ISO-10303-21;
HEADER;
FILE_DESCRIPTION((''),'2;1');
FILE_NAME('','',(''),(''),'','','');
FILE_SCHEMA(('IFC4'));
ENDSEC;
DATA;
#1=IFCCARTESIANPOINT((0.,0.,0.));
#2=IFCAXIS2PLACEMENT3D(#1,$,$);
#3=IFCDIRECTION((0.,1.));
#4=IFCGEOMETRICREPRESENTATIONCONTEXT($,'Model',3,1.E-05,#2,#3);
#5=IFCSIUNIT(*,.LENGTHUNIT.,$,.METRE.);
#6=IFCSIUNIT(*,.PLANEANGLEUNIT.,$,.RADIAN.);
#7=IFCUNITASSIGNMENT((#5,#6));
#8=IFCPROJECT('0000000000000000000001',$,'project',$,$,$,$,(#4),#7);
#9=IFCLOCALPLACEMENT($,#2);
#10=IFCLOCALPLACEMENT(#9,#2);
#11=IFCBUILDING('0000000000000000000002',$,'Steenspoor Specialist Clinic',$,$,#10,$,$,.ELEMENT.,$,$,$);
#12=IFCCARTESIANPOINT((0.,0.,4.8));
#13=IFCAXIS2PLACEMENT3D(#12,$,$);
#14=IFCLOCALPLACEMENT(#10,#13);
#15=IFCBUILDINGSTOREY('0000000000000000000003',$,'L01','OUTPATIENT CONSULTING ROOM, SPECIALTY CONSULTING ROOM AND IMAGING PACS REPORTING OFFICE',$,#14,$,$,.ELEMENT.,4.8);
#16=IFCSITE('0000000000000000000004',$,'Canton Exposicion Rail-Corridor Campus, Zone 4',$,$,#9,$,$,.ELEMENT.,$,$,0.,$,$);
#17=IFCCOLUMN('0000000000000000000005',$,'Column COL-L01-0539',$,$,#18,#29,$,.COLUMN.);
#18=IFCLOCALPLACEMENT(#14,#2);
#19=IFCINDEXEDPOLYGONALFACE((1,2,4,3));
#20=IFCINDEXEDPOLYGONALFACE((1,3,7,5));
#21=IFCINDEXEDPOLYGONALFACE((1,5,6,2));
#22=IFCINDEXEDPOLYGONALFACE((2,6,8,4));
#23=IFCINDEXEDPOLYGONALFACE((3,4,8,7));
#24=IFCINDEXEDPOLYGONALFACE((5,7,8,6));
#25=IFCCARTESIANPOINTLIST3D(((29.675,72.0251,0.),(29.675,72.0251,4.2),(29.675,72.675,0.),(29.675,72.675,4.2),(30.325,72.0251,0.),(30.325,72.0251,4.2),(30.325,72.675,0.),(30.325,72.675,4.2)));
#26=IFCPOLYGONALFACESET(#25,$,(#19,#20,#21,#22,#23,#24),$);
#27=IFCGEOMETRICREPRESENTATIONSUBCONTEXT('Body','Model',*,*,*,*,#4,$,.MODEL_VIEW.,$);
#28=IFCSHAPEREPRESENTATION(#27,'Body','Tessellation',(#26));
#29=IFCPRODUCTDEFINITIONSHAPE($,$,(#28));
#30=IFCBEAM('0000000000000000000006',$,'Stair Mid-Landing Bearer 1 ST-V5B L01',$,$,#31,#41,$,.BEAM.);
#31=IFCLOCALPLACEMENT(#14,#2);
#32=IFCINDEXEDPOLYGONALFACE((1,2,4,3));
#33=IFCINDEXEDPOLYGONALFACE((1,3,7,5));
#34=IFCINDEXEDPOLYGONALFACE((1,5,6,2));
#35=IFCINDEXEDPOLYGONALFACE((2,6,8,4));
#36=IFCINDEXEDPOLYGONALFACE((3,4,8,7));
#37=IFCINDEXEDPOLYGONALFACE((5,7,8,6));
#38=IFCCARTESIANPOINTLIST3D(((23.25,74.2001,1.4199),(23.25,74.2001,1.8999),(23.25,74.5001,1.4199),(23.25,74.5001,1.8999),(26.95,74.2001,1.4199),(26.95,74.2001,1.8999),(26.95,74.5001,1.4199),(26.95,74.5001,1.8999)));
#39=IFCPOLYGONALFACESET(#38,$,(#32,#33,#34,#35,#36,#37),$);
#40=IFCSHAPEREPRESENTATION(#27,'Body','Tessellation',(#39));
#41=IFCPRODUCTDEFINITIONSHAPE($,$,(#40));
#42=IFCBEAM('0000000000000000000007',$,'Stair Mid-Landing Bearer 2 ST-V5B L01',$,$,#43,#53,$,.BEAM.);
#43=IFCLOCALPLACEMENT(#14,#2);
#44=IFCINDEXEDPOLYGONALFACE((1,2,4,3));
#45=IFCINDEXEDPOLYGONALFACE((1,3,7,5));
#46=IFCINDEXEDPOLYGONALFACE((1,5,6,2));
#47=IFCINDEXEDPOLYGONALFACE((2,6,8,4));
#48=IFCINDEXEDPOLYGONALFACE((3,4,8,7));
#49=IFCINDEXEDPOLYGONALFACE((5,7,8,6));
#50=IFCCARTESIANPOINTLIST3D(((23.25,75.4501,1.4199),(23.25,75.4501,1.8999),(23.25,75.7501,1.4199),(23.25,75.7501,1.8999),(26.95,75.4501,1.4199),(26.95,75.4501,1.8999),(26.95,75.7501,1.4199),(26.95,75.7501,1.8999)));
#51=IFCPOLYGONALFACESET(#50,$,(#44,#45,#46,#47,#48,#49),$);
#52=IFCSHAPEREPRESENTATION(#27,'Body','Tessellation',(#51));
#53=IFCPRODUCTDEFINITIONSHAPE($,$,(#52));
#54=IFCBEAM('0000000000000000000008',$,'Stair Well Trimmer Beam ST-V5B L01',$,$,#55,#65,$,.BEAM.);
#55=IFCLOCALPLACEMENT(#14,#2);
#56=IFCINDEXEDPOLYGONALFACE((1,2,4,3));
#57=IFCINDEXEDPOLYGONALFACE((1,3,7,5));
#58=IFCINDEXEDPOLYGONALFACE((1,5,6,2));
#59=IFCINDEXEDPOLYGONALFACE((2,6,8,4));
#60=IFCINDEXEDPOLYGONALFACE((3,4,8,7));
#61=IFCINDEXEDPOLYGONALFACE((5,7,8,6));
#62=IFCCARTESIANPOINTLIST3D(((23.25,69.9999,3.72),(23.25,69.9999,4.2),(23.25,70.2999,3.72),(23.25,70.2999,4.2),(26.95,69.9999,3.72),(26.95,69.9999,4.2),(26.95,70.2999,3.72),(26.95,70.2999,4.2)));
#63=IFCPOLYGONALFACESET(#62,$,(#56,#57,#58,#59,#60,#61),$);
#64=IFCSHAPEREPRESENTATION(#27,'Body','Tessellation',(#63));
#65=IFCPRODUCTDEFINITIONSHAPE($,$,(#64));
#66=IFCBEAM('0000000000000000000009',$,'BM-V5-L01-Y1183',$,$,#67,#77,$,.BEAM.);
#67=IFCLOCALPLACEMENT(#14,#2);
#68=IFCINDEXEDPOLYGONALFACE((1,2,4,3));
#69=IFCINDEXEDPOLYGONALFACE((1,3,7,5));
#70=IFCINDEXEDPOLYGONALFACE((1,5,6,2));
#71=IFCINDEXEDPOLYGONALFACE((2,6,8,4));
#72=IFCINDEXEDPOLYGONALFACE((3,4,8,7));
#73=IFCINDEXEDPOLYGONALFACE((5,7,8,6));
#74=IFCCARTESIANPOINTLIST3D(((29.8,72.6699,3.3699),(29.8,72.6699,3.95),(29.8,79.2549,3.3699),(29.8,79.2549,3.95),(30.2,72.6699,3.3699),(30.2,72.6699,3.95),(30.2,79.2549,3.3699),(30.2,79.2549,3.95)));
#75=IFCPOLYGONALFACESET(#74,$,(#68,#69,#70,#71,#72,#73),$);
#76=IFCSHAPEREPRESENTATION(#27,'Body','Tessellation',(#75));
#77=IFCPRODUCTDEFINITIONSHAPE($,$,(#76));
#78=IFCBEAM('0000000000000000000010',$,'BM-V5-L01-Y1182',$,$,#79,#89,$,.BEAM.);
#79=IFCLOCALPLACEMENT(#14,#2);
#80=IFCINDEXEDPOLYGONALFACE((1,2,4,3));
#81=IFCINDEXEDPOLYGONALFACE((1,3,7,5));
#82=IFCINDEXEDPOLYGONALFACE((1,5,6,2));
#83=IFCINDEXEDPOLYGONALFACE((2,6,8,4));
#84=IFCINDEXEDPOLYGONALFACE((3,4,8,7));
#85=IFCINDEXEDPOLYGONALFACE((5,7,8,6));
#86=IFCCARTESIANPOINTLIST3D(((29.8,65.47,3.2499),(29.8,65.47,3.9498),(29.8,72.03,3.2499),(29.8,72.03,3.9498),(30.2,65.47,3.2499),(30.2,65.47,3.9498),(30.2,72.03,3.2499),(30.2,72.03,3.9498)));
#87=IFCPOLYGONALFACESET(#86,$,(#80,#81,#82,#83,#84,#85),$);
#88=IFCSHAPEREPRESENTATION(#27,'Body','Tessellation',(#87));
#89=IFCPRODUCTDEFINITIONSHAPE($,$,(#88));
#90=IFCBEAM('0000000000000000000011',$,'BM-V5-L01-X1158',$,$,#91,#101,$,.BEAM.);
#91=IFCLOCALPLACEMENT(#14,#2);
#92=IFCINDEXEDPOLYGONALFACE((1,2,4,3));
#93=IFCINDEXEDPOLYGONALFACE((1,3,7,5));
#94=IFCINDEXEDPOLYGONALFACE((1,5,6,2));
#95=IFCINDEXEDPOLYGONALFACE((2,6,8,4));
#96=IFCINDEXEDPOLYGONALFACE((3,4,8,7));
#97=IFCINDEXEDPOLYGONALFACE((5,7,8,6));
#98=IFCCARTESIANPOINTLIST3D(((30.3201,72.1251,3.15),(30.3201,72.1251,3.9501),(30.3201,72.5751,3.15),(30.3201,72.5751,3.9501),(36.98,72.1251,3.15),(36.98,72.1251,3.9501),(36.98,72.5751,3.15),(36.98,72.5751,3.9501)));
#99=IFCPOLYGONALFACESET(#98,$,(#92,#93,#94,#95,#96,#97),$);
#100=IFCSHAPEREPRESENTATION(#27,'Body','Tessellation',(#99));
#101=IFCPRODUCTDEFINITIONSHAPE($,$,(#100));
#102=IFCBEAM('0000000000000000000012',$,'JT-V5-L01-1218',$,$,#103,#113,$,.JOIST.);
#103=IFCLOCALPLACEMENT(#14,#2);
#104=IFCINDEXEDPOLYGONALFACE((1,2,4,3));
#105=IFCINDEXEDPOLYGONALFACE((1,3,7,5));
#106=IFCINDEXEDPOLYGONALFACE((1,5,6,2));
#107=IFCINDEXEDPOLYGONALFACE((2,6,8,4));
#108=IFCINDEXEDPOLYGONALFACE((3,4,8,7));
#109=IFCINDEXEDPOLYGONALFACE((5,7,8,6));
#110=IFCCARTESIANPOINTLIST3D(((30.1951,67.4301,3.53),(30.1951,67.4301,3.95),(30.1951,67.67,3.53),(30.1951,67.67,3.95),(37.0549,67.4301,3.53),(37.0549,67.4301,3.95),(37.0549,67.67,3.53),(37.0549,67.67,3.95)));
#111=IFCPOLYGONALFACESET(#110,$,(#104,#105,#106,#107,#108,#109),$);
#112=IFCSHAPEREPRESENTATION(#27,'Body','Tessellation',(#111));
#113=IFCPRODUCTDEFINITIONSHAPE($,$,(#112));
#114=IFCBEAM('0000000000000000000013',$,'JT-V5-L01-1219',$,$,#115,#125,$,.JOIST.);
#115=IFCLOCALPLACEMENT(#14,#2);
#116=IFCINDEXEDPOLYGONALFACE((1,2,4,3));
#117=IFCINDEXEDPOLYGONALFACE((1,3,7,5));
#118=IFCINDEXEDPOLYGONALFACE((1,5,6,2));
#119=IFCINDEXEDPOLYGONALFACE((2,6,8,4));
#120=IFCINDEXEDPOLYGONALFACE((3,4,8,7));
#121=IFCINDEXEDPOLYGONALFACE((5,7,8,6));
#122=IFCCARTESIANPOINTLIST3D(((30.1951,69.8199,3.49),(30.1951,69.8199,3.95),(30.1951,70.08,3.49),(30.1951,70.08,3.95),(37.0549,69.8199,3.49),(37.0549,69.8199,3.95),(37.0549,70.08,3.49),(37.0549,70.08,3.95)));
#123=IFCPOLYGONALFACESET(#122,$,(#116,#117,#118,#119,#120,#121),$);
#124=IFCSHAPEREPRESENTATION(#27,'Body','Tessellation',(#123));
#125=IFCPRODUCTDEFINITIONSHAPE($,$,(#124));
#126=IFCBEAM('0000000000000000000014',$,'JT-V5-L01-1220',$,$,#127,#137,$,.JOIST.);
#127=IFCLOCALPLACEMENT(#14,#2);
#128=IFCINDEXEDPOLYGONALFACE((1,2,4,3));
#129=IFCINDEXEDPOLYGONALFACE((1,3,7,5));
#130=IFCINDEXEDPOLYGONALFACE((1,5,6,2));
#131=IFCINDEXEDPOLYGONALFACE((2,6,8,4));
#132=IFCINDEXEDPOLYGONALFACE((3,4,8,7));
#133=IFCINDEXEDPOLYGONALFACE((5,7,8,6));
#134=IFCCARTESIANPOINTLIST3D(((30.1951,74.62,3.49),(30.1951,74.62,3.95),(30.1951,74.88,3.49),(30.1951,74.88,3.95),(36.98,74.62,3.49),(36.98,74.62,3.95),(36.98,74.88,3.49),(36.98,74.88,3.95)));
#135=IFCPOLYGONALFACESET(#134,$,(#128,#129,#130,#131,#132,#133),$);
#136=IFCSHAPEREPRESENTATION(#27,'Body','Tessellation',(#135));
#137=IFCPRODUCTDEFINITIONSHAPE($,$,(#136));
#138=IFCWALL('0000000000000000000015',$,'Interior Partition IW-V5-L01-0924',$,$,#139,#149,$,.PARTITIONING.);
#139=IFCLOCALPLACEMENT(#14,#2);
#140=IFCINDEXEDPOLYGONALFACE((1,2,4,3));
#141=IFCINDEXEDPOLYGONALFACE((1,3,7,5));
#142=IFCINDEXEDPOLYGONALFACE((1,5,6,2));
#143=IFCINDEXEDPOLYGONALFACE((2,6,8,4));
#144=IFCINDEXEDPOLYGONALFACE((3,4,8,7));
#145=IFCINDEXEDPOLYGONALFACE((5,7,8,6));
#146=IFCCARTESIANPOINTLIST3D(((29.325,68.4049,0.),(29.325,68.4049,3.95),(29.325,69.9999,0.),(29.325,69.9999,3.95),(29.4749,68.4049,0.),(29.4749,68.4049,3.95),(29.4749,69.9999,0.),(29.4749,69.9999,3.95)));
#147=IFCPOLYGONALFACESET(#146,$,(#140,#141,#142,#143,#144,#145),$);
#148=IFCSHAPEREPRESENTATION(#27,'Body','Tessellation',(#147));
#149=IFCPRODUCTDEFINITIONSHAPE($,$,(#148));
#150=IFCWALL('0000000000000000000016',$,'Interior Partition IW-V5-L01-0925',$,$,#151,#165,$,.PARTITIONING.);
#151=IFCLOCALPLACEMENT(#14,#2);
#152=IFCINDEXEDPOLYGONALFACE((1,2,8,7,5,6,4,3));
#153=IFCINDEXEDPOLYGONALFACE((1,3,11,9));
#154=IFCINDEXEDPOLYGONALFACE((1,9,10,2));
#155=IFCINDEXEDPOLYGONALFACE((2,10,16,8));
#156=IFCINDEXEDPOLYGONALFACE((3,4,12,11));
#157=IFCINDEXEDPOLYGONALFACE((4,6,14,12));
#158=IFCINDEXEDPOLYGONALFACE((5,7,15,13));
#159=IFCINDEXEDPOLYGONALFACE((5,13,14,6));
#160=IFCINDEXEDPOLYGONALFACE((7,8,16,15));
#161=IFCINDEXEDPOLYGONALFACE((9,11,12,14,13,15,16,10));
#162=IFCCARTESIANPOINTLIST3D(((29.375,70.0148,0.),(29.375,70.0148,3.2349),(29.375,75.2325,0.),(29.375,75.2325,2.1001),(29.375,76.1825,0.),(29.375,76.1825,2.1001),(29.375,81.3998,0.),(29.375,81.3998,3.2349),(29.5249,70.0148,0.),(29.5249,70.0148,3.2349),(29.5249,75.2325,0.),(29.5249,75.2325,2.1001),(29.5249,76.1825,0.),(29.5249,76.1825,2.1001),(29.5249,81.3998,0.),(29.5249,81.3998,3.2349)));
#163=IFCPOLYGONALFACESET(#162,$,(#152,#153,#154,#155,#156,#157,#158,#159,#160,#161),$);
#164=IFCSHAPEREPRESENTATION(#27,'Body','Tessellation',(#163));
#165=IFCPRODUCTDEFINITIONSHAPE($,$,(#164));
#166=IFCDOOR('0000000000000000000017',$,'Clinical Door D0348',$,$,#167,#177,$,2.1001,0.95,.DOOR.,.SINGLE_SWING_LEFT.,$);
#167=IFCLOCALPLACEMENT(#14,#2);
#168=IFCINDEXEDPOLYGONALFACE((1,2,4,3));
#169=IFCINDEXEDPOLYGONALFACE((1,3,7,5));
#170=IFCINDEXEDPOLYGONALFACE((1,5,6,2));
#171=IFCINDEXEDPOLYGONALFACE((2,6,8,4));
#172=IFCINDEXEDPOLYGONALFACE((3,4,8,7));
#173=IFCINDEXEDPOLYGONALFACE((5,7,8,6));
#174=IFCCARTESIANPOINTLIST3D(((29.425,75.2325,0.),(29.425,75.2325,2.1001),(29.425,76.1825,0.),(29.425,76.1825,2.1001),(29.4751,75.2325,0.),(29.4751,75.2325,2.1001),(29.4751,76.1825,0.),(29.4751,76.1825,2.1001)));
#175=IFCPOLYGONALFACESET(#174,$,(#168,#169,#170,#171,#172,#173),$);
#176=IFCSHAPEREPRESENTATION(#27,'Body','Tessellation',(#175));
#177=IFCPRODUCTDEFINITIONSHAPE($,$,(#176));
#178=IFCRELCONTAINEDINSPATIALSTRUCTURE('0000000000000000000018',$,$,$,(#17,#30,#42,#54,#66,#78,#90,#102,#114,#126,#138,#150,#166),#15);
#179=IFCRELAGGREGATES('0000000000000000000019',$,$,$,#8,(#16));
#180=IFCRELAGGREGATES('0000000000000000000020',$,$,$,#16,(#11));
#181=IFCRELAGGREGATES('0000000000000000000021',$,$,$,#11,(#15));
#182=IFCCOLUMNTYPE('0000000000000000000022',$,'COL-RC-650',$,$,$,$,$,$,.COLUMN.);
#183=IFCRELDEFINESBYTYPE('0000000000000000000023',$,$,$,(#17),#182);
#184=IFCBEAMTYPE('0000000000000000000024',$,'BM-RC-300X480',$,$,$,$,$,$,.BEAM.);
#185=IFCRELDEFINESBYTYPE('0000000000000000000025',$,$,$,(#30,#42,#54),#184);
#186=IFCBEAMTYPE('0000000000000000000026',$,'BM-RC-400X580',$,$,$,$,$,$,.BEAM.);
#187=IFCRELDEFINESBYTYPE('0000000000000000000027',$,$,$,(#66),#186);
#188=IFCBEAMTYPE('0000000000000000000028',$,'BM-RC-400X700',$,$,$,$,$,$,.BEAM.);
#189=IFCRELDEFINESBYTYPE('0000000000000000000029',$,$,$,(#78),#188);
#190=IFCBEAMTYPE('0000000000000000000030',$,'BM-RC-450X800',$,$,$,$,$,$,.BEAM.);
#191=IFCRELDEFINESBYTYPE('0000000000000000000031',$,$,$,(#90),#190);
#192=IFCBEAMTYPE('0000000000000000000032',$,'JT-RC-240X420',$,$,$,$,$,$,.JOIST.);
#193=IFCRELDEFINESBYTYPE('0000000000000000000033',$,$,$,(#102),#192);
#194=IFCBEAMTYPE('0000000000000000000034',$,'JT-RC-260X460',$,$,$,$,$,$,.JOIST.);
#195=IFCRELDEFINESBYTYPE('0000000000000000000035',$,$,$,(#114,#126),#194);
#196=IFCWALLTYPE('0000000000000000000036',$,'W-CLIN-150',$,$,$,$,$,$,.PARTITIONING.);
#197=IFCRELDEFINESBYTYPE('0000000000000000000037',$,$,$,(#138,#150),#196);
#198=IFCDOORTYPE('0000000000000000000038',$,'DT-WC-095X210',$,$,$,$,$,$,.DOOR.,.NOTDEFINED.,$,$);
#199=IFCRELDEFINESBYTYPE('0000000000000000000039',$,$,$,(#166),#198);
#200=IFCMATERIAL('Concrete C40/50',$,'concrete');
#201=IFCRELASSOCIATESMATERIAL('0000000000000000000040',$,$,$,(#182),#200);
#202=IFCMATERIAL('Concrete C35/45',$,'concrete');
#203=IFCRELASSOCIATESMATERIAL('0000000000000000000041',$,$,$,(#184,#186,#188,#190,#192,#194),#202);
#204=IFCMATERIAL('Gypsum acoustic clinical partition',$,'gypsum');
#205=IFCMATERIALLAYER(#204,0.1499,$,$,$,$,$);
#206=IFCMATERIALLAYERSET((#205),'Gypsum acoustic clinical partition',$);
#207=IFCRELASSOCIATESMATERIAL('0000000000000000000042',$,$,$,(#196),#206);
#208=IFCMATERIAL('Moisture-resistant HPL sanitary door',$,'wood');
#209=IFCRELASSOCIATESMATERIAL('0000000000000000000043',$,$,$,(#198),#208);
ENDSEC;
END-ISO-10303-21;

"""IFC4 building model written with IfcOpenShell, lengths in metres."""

from ifc_helpers import new_model, si_unit, direction, frame, frame_2d, origin, origin_2d, place, context, subcontext, project, spatial, rectangle, extrude, material, layer, layer_set, material_profile, profile_set, type_object, element, fill, save


model = new_model("IFC4")

# Units and contexts
model_context = context("Model", 3, precision=1e-05, world=origin(), true_north=direction((0.0, 1.0)))
body_context = subcontext(model_context, "Body", "Model", "MODEL_VIEW")
ifc_project = project(units=[si_unit("LENGTHUNIT", "METRE"), si_unit("PLANEANGLEUNIT", "RADIAN")], contexts=[model_context])

# Site, building, storey
site_placement = place(None, origin())
site = spatial("IfcSite", under=ifc_project, at=site_placement, Name="Canton Exposicion Rail-Corridor Campus, Zone 4", CompositionType="ELEMENT", RefElevation=0.0)
building_placement = place(site_placement, origin())
building = spatial("IfcBuilding", under=site, at=building_placement, Name="Steenspoor Specialist Clinic", CompositionType="ELEMENT")
storey_placement = place(building_placement, frame((0.0, 0.0, 4.8)))
storey = spatial("IfcBuildingStorey", under=building, at=storey_placement, Name="L01", Description="OUTPATIENT CONSULTING ROOM, SPECIALTY CONSULTING ROOM AND IMAGING PACS REPORTING OFFICE", CompositionType="ELEMENT", Elevation=4.8)

# Column
ifc_material_1 = material(Name="Concrete C40/50", Category="concrete")
ifc_material_profile_1 = material_profile(ifc_material_1, rectangle(XDim=0.6499, YDim=0.6499, at=origin_2d()), Name="RC-COL-650X650")
ifc_profile_set_1 = profile_set([ifc_material_profile_1], Name="Concrete C40/50")
column_type = type_object("IfcColumnType", Name="COL-RC-650", PredefinedType="COLUMN", material=ifc_profile_set_1)
column_placement = place(storey_placement, frame((30.0, 72.3501, 0.0), z_axis=(0.0, 0.0, 1.0), x_axis=(1.0, 0.0, 0.0)))
element("IfcColumn", 1, at=column_placement, inside=storey, type_object=column_type, Name="Column COL-L01-0539", PredefinedType="COLUMN", context=body_context, shape_type="SweptSolid", body=[
    extrude(rectangle(XDim=0.6499, YDim=0.6499, at=origin_2d()), origin(), (0.0, 0.0, 1.0), 4.2),
])

# Beams
ifc_material_2 = material(Name="Concrete C35/45", Category="concrete")
ifc_material_profile_2 = material_profile(ifc_material_2, rectangle(XDim=0.3, YDim=0.48, at=origin_2d()), Name="RC-BM-300X480")
ifc_profile_set_2 = profile_set([ifc_material_profile_2], Name="Concrete C35/45")
beam_type_1 = type_object("IfcBeamType", Name="BM-RC-300X480", PredefinedType="BEAM", material=ifc_profile_set_2)
for number, where, z_axis, x_axis, name in (
    (2, (23.25, 74.3501, 1.6599), (1.0, 0.0, 0.0), (0.0, 1.0, 0.0), "Stair Mid-Landing Bearer 1 ST-V5B L01"),
    (3, (23.25, 75.6001, 1.6599), (1.0, 0.0, 0.0), (0.0, 1.0, 0.0), "Stair Mid-Landing Bearer 2 ST-V5B L01"),
    (4, (23.25, 70.1499, 3.96), (1.0, 0.0, 0.0), (0.0, 1.0, 0.0), "Stair Well Trimmer Beam ST-V5B L01"),
):
    element("IfcBeam", number, at=place(storey_placement, frame(where, z_axis=z_axis, x_axis=x_axis)), inside=storey, type_object=beam_type_1, Name=name, PredefinedType="BEAM", context=body_context, shape_type="SweptSolid", body=[
        extrude(rectangle(XDim=0.3, YDim=0.48, at=origin_2d()), origin(), (0.0, 0.0, 1.0), 3.7),
    ])
ifc_material_profile_3 = material_profile(ifc_material_2, rectangle(XDim=0.3999, YDim=0.5801, at=origin_2d()), Name="RC-BM-400X580")
ifc_profile_set_3 = profile_set([ifc_material_profile_3], Name="Concrete C35/45")
beam_type_2 = type_object("IfcBeamType", Name="BM-RC-400X580", PredefinedType="BEAM", material=ifc_profile_set_3)
beam_1_placement = place(storey_placement, frame((30.0, 72.6699, 3.6599), z_axis=(0.0, 1.0, 0.0), x_axis=(-1.0, 0.0, 0.0)))
element("IfcBeam", 5, at=beam_1_placement, inside=storey, type_object=beam_type_2, Name="BM-V5-L01-Y1183", PredefinedType="BEAM", context=body_context, shape_type="SweptSolid", body=[
    extrude(rectangle(XDim=0.3999, YDim=0.5801, at=origin_2d()), origin(), (0.0, 0.0, 1.0), 6.585),
])
ifc_material_profile_4 = material_profile(ifc_material_2, rectangle(XDim=0.3999, YDim=0.7, at=origin_2d()), Name="RC-BM-400X700")
ifc_profile_set_4 = profile_set([ifc_material_profile_4], Name="Concrete C35/45")
beam_type_3 = type_object("IfcBeamType", Name="BM-RC-400X700", PredefinedType="BEAM", material=ifc_profile_set_4)
beam_2_placement = place(storey_placement, frame((30.0, 65.47, 3.5999), z_axis=(0.0, 1.0, 0.0), x_axis=(-1.0, 0.0, 0.0)))
element("IfcBeam", 6, at=beam_2_placement, inside=storey, type_object=beam_type_3, Name="BM-V5-L01-Y1182", PredefinedType="BEAM", context=body_context, shape_type="SweptSolid", body=[
    extrude(rectangle(XDim=0.3999, YDim=0.7, at=origin_2d()), origin(), (0.0, 0.0, 1.0), 6.5601),
])
ifc_material_profile_5 = material_profile(ifc_material_2, rectangle(XDim=0.45, YDim=0.8, at=origin_2d()), Name="RC-BM-450X800")
ifc_profile_set_5 = profile_set([ifc_material_profile_5], Name="Concrete C35/45")
beam_type_4 = type_object("IfcBeamType", Name="BM-RC-450X800", PredefinedType="BEAM", material=ifc_profile_set_5)
beam_3_placement = place(storey_placement, frame((30.3201, 72.3501, 3.55), z_axis=(1.0, 0.0, 0.0), x_axis=(0.0, 1.0, 0.0)))
element("IfcBeam", 7, at=beam_3_placement, inside=storey, type_object=beam_type_4, Name="BM-V5-L01-X1158", PredefinedType="BEAM", context=body_context, shape_type="SweptSolid", body=[
    extrude(rectangle(XDim=0.45, YDim=0.8, at=origin_2d()), origin(), (0.0, 0.0, 1.0), 6.6599),
])
ifc_material_profile_6 = material_profile(ifc_material_2, rectangle(XDim=0.24, YDim=0.4199, at=origin_2d()), Name="RC-JT-240X420")
ifc_profile_set_6 = profile_set([ifc_material_profile_6], Name="Concrete C35/45")
beam_type_5 = type_object("IfcBeamType", Name="JT-RC-240X420", PredefinedType="JOIST", material=ifc_profile_set_6)
beam_4_placement = place(storey_placement, frame((30.1951, 67.55, 3.74), z_axis=(1.0, 0.0, 0.0), x_axis=(0.0, 1.0, 0.0)))
element("IfcBeam", 8, at=beam_4_placement, inside=storey, type_object=beam_type_5, Name="JT-V5-L01-1218", PredefinedType="JOIST", context=body_context, shape_type="SweptSolid", body=[
    extrude(rectangle(XDim=0.24, YDim=0.4199, at=origin_2d()), origin(), (0.0, 0.0, 1.0), 6.8599),
])
ifc_material_profile_7 = material_profile(ifc_material_2, rectangle(XDim=0.26, YDim=0.46, at=origin_2d()), Name="RC-JT-260X460")
ifc_profile_set_7 = profile_set([ifc_material_profile_7], Name="Concrete C35/45")
beam_type_6 = type_object("IfcBeamType", Name="JT-RC-260X460", PredefinedType="JOIST", material=ifc_profile_set_7)
beam_5_placement = place(storey_placement, frame((30.1951, 69.95, 3.72), z_axis=(1.0, 0.0, 0.0), x_axis=(0.0, 1.0, 0.0)))
element("IfcBeam", 9, at=beam_5_placement, inside=storey, type_object=beam_type_6, Name="JT-V5-L01-1219", PredefinedType="JOIST", context=body_context, shape_type="SweptSolid", body=[
    extrude(rectangle(XDim=0.26, YDim=0.46, at=origin_2d()), origin(), (0.0, 0.0, 1.0), 6.8599),
])
beam_6_placement = place(storey_placement, frame((30.1951, 74.75, 3.72), z_axis=(1.0, 0.0, 0.0), x_axis=(0.0, 1.0, 0.0)))
element("IfcBeam", 10, at=beam_6_placement, inside=storey, type_object=beam_type_6, Name="JT-V5-L01-1220", PredefinedType="JOIST", context=body_context, shape_type="SweptSolid", body=[
    extrude(rectangle(XDim=0.26, YDim=0.46, at=origin_2d()), origin(), (0.0, 0.0, 1.0), 6.7849),
])

# Wall
ifc_material_3 = material(Name="Gypsum acoustic clinical partition", Category="gypsum")
ifc_layer_1 = layer(ifc_material_3, 0.1499)
ifc_layer_set_1 = layer_set([ifc_layer_1], Name="Gypsum acoustic clinical partition")
wall_type_1 = type_object("IfcWallType", Name="W-CLIN-150", PredefinedType="PARTITIONING", material=ifc_layer_set_1)
wall_1_placement = place(storey_placement, frame((29.3999, 68.405, 0.0), z_axis=(0.0, 0.0, 1.0), x_axis=(0.0, 1.0, 0.0)))
element("IfcWall", 11, at=wall_1_placement, inside=storey, type_object=wall_type_1, Name="Interior Partition IW-V5-L01-0924", PredefinedType="PARTITIONING", context=body_context, shape_type="SweptSolid", body=[
    extrude(rectangle(XDim=1.595, YDim=0.1499, at=frame_2d((0.7974, 0.0))), origin(), (0.0, 0.0, 1.0), 3.95),
])

# Wall, opening, door
wall_2_placement = place(storey_placement, frame((29.45, 70.0149, 0.0), z_axis=(0.0, 0.0, 1.0), x_axis=(0.0, 1.0, 0.0)))
wall_2 = element("IfcWall", 12, at=wall_2_placement, inside=storey, type_object=wall_type_1, Name="Interior Partition IW-V5-L01-0925", PredefinedType="PARTITIONING", context=body_context, shape_type="SweptSolid", body=[
    extrude(rectangle(XDim=11.385, YDim=0.1499, at=frame_2d((5.6924, 0.0))), origin(), (0.0, 0.0, 1.0), 3.2349),
])
opening_1_placement = place(wall_2_placement, frame((5.2175, 0.0, 0.0)))
opening_1 = element("IfcOpeningElement", 13, at=opening_1_placement, cuts=wall_2, PredefinedType="OPENING", context=body_context, shape_type="SweptSolid", body=[
    extrude(rectangle(XDim=0.95, YDim=2.1001, at=frame_2d((0.4751, 1.05))), frame((0.0, 0.085, 0.0), z_axis=(0.0, -1.0, 0.0), x_axis=(1.0, 0.0, 0.0)), (0.0, 0.0, 1.0), 0.1699),
])
ifc_material_4 = material(Name="Moisture-resistant HPL sanitary door", Category="wood")
door_type_1 = type_object("IfcDoorType", Name="DT-WC-095X210", OperationType="NOTDEFINED", PredefinedType="DOOR", material=ifc_material_4)
door_1_placement = place(opening_1_placement, origin())
door_1 = element("IfcDoor", 14, at=door_1_placement, inside=storey, type_object=door_type_1, Name="Clinical Door D0348", OperationType="SINGLE_SWING_LEFT", OverallHeight=2.1001, OverallWidth=0.95, PredefinedType="DOOR", context=body_context, shape_type="SweptSolid", body=[
    extrude(rectangle(XDim=0.95, YDim=2.1001, at=frame_2d((0.4751, 1.05))), frame((0.0, 0.0249, 0.0), z_axis=(0.0, -1.0, 0.0), x_axis=(1.0, 0.0, 0.0)), (0.0, 0.0, 1.0), 0.05),
])
fill(opening_1, door_1)

save(model, "model.ifc")
